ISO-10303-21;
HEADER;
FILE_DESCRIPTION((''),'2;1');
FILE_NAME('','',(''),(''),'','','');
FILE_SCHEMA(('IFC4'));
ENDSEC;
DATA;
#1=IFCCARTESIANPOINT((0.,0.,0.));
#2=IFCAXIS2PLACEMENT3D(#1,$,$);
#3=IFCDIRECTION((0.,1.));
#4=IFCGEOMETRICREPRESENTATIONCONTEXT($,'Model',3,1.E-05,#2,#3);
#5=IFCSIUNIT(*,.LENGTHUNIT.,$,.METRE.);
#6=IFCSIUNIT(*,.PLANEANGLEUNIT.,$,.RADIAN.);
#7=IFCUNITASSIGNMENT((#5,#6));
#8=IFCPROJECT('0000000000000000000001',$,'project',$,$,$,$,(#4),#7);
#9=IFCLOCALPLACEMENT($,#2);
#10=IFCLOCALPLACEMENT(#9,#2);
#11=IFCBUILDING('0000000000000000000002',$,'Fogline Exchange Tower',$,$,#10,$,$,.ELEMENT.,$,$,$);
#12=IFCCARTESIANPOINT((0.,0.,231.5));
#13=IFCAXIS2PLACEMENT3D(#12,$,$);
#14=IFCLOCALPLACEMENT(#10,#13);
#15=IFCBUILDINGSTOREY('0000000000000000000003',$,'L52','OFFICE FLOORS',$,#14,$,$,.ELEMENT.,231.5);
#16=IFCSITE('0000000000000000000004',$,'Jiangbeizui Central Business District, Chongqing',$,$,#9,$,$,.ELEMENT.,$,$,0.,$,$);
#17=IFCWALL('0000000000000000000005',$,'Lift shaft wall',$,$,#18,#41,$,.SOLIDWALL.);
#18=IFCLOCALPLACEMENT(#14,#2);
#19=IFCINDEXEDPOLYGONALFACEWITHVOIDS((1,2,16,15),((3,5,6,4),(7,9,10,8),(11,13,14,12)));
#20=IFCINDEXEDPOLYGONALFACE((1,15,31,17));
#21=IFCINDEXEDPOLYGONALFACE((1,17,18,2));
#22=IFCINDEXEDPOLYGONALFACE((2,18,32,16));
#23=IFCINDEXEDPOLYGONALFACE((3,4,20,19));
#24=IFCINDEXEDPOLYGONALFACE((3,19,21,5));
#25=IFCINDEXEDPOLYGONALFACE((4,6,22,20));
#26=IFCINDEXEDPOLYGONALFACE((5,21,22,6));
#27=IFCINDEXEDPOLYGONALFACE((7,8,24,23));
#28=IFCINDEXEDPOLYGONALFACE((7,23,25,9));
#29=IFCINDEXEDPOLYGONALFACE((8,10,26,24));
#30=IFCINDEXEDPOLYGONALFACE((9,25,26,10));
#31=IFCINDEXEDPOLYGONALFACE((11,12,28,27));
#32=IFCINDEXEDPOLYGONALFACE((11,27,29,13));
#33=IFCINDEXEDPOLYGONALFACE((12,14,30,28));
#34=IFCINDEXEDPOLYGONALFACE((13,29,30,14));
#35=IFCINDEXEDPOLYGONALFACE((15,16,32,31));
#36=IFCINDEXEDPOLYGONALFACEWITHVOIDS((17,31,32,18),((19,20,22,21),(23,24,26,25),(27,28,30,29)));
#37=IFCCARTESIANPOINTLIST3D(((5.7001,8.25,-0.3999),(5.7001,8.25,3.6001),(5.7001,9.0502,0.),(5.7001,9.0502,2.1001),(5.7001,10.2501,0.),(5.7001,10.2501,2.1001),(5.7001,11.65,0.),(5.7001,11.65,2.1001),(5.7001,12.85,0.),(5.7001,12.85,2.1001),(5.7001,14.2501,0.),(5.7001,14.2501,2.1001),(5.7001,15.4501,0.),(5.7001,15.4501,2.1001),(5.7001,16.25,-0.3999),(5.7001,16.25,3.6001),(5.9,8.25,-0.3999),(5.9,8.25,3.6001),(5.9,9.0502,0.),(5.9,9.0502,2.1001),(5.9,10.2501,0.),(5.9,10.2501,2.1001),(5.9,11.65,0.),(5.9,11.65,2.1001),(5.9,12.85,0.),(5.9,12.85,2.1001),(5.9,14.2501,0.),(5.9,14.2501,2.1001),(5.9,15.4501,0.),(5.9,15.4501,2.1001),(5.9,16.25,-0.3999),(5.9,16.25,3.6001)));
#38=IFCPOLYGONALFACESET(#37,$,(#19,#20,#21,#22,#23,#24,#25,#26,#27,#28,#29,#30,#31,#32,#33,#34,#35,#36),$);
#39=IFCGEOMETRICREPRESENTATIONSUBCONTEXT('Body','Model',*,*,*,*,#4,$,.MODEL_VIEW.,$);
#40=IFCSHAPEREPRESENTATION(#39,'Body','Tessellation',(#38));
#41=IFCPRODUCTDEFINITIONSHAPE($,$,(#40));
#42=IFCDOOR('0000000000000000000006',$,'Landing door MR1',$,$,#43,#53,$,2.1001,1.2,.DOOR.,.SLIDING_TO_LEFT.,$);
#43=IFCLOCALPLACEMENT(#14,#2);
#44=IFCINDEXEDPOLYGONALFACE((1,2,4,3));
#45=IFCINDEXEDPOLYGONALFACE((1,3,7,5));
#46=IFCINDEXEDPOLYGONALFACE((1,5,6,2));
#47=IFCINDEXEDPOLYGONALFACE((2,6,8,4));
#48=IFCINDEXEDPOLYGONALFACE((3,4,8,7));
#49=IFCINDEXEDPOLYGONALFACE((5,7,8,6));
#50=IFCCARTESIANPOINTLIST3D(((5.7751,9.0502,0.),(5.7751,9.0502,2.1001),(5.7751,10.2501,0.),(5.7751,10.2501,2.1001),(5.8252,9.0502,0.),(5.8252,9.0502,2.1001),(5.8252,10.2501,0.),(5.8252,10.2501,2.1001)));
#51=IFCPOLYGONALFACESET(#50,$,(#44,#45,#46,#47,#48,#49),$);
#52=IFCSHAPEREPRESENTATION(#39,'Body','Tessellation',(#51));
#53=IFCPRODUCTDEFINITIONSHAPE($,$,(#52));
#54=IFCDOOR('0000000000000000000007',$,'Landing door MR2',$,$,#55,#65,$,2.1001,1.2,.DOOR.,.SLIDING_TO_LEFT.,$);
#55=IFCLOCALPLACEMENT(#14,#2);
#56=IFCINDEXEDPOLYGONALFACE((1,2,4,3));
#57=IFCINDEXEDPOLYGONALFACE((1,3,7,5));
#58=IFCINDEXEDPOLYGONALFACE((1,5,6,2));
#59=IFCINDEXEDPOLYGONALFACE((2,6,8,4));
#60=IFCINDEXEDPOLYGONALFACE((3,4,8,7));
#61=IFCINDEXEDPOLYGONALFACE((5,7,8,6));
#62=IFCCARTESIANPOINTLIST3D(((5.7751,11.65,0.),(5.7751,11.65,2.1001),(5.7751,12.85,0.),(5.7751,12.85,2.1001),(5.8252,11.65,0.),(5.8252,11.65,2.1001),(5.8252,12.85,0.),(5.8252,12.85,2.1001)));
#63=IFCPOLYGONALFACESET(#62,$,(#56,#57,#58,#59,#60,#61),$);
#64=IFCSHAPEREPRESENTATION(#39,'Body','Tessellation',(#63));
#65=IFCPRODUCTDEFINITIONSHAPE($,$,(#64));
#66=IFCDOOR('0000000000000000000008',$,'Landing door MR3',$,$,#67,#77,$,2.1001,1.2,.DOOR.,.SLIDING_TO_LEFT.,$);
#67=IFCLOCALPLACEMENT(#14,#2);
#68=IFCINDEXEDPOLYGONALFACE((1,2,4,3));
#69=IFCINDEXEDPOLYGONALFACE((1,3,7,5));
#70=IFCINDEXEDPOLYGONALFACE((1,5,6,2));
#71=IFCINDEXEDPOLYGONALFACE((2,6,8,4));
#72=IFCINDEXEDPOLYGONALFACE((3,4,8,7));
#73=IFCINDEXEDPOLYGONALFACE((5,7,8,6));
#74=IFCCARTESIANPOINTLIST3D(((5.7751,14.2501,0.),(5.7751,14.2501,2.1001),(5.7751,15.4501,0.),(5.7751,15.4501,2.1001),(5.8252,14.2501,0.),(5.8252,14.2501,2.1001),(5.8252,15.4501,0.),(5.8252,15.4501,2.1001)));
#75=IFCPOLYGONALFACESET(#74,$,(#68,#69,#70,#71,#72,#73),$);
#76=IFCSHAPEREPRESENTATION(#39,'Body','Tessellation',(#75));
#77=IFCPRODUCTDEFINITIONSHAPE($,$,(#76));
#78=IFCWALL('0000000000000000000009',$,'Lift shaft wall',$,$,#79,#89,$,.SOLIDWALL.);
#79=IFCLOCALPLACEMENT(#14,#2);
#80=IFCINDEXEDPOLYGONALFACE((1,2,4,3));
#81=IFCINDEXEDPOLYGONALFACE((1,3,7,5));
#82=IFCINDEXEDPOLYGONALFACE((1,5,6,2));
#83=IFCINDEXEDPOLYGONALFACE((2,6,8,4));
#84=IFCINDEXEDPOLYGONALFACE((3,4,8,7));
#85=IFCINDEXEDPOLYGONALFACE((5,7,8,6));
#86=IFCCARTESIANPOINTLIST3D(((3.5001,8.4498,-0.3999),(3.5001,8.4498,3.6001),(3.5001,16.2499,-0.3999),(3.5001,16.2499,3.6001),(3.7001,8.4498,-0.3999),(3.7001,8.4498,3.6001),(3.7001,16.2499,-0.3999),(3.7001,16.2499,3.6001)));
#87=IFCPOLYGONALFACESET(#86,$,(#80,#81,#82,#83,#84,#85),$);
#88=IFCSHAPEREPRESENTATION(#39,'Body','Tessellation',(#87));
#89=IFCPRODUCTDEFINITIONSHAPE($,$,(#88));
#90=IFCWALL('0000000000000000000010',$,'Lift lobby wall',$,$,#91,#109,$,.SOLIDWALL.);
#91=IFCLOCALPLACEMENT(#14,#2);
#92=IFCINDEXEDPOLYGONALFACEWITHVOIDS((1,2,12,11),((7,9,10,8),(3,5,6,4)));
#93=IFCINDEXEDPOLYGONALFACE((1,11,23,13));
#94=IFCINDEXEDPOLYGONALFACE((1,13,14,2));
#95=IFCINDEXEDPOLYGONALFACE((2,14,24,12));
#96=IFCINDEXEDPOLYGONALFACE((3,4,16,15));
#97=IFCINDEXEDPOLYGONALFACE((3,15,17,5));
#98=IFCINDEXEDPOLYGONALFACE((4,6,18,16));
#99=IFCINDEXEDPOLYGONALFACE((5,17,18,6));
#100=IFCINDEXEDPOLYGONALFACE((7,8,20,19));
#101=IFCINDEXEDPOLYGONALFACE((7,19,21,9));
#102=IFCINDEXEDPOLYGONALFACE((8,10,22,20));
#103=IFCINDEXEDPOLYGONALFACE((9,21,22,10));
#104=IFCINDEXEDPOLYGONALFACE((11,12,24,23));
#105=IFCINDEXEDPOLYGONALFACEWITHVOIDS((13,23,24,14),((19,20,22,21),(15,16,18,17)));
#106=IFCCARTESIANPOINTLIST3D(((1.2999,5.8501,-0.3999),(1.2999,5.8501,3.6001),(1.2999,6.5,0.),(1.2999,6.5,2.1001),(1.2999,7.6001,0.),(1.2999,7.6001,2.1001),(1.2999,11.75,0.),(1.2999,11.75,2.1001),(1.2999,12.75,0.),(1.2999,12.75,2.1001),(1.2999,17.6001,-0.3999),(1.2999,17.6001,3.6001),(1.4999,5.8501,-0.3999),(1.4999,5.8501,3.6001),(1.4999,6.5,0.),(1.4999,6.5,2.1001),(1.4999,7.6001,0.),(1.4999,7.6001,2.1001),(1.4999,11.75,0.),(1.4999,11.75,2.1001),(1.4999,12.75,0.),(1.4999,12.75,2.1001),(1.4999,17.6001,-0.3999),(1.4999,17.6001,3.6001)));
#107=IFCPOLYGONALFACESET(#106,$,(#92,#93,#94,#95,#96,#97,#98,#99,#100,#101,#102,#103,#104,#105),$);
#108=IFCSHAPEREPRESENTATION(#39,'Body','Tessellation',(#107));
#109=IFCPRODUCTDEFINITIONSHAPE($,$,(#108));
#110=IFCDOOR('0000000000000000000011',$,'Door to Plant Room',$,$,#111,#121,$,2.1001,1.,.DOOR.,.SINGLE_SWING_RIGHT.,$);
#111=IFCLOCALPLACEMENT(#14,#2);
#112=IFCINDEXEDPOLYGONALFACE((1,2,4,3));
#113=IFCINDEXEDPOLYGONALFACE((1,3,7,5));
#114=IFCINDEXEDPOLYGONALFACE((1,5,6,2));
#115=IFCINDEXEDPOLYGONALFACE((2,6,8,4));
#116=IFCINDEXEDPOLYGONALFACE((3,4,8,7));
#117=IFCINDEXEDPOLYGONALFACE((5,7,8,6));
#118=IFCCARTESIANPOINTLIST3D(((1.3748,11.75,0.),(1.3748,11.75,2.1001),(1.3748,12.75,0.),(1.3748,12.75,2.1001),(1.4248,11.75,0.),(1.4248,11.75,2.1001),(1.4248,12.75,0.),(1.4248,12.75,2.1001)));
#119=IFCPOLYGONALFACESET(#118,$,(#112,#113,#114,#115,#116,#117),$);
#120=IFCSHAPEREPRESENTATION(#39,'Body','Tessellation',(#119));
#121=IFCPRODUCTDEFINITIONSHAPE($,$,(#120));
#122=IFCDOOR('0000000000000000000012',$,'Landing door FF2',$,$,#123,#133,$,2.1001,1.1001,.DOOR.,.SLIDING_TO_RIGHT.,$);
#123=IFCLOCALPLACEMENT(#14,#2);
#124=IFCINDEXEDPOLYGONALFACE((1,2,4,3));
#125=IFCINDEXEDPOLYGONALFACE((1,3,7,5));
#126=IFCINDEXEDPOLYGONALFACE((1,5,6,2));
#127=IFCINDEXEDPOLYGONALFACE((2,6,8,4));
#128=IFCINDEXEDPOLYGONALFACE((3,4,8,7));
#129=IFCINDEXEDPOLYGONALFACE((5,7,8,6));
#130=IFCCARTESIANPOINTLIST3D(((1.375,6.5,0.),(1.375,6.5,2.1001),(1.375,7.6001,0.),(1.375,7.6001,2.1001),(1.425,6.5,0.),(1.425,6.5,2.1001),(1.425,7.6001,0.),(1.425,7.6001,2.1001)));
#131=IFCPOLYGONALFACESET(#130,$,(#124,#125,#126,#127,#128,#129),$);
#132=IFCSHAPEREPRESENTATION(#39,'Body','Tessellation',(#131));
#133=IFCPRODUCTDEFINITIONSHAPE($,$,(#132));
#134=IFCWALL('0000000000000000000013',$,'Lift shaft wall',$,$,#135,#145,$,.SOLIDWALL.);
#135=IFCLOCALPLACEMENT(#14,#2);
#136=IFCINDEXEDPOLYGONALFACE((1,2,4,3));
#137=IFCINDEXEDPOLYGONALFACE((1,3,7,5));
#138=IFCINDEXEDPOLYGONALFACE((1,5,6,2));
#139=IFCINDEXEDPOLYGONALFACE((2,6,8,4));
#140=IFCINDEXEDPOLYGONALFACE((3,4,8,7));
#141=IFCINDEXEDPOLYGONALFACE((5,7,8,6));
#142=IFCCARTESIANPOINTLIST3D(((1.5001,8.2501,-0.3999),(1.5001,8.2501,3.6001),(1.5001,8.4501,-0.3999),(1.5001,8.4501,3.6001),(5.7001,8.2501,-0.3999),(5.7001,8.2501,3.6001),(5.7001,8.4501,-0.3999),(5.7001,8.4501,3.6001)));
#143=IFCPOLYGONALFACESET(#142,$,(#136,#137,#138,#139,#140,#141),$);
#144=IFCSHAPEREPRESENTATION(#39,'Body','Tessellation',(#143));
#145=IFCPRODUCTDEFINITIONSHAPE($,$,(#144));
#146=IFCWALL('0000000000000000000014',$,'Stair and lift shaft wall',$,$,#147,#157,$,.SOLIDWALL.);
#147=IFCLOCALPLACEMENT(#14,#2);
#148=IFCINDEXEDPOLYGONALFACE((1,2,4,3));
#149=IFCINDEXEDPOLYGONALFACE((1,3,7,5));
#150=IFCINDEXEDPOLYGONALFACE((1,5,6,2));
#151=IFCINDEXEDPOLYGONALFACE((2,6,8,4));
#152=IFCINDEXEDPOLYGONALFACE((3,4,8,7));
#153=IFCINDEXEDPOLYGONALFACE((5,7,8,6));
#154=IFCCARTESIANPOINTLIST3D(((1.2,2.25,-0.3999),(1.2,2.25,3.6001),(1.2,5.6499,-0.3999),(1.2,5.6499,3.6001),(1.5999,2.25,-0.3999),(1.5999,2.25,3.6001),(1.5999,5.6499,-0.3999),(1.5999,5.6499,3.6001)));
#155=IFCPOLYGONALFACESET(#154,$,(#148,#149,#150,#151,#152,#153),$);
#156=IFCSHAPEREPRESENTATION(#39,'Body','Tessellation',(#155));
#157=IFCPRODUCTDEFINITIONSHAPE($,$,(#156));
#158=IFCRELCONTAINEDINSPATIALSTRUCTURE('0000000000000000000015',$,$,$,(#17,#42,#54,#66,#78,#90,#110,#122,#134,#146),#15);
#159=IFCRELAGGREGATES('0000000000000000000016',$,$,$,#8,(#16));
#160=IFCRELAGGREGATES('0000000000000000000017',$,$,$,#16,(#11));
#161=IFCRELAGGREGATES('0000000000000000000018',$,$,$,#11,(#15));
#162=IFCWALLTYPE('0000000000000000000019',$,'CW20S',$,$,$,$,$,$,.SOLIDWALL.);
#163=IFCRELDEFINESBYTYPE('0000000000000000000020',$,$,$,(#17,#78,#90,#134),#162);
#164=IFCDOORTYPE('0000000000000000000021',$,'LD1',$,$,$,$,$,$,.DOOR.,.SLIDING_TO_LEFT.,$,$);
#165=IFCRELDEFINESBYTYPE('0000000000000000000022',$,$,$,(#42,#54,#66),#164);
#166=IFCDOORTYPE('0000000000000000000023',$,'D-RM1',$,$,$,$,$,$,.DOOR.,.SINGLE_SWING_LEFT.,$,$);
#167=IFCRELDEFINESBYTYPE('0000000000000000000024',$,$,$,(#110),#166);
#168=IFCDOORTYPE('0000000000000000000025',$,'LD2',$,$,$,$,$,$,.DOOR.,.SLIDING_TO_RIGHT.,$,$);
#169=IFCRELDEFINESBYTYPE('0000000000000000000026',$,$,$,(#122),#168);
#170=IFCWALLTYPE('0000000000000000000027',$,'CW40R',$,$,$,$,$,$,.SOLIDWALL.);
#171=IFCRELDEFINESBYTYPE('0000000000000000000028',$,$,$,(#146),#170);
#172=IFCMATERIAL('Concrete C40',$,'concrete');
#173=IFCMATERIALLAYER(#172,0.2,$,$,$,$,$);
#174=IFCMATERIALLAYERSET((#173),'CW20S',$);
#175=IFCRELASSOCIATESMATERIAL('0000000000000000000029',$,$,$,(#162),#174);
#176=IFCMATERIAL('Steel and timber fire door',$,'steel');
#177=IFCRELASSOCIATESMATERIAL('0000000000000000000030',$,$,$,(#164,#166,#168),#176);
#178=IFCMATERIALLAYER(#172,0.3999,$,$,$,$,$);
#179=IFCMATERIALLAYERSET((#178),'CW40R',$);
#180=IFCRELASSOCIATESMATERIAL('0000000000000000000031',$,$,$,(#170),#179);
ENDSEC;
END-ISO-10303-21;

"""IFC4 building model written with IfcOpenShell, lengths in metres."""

from ifc_helpers import new_model, si_unit, direction, frame, frame_2d, origin, place, context, subcontext, project, spatial, rectangle, extrude, material, layer, layer_set, type_object, element, fill, save


model = new_model("IFC4")

# Units and contexts
model_context = context("Model", 3, precision=1e-05, world=origin(), true_north=direction((0.0, 1.0)))
body_context = subcontext(model_context, "Body", "Model", "MODEL_VIEW")
ifc_project = project(units=[si_unit("LENGTHUNIT", "METRE"), si_unit("PLANEANGLEUNIT", "RADIAN")], contexts=[model_context])

# Site, building, storey
site_placement = place(None, origin())
site = spatial("IfcSite", under=ifc_project, at=site_placement, Name="Jiangbeizui Central Business District, Chongqing", CompositionType="ELEMENT", RefElevation=0.0)
building_placement = place(site_placement, origin())
building = spatial("IfcBuilding", under=site, at=building_placement, Name="Fogline Exchange Tower", CompositionType="ELEMENT")
storey_placement = place(building_placement, frame((0.0, 0.0, 231.5)))
storey = spatial("IfcBuildingStorey", under=building, at=storey_placement, Name="L52", Description="OFFICE FLOORS", CompositionType="ELEMENT", Elevation=231.5)

# Shared definitions
ifc_material_1 = material(Name="Concrete C40", Category="concrete")

# Shared definitions
ifc_material_2 = material(Name="Steel and timber fire door", Category="steel")

# Wall, openings, doors
ifc_layer_1 = layer(ifc_material_1, 0.2)
ifc_layer_set_1 = layer_set([ifc_layer_1], Name="CW20S")
wall_type_1 = type_object("IfcWallType", Name="CW20S", PredefinedType="SOLIDWALL", material=ifc_layer_set_1)
wall_1_placement = place(storey_placement, frame((5.8, 8.25, -0.3999), z_axis=(0.0, 0.0, 1.0), x_axis=(0.0, 1.0, 0.0)))
wall_1 = element("IfcWall", 1, at=wall_1_placement, inside=storey, type_object=wall_type_1, Name="Lift shaft wall", PredefinedType="SOLIDWALL", context=body_context, shape_type="SweptSolid", body=[
    extrude(rectangle(XDim=8.0, YDim=0.2, at=frame_2d((4.0, 0.0))), origin(), (0.0, 0.0, 1.0), 4.0),
])
opening_1_placement = place(wall_1_placement, frame((0.8, 0.0, 0.3999)))
opening_1 = element("IfcOpeningElement", 2, at=opening_1_placement, cuts=wall_1, PredefinedType="OPENING", context=body_context, shape_type="SweptSolid", body=[
    extrude(rectangle(XDim=1.2, YDim=2.1001, at=frame_2d((0.6001, 1.05))), frame((0.0, 0.1099, 0.0), z_axis=(0.0, -1.0, 0.0), x_axis=(1.0, 0.0, 0.0)), (0.0, 0.0, 1.0), 0.22),
])
opening_2_placement = place(wall_1_placement, frame((3.3999, 0.0, 0.3999)))
opening_2 = element("IfcOpeningElement", 3, at=opening_2_placement, cuts=wall_1, PredefinedType="OPENING", context=body_context, shape_type="SweptSolid", body=[
    extrude(rectangle(XDim=1.2, YDim=2.1001, at=frame_2d((0.6001, 1.05))), frame((0.0, 0.1099, 0.0), z_axis=(0.0, -1.0, 0.0), x_axis=(1.0, 0.0, 0.0)), (0.0, 0.0, 1.0), 0.22),
])
opening_3_placement = place(wall_1_placement, frame((6.0, 0.0, 0.3999)))
opening_3 = element("IfcOpeningElement", 4, at=opening_3_placement, cuts=wall_1, PredefinedType="OPENING", context=body_context, shape_type="SweptSolid", body=[
    extrude(rectangle(XDim=1.2, YDim=2.1001, at=frame_2d((0.6001, 1.05))), frame((0.0, 0.1099, 0.0), z_axis=(0.0, -1.0, 0.0), x_axis=(1.0, 0.0, 0.0)), (0.0, 0.0, 1.0), 0.22),
])
door_type_1 = type_object("IfcDoorType", Name="LD1", OperationType="SLIDING_TO_LEFT", PredefinedType="DOOR", material=ifc_material_2)
door_1_placement = place(opening_1_placement, origin())
door_1 = element("IfcDoor", 5, at=door_1_placement, inside=storey, type_object=door_type_1, Name="Landing door MR1", OperationType="SLIDING_TO_LEFT", OverallHeight=2.1001, OverallWidth=1.2, PredefinedType="DOOR", context=body_context, shape_type="SweptSolid", body=[
    extrude(rectangle(XDim=1.2, YDim=2.1001, at=frame_2d((0.6001, 1.05))), frame((0.0, 0.0249, 0.0), z_axis=(0.0, -1.0, 0.0), x_axis=(1.0, 0.0, 0.0)), (0.0, 0.0, 1.0), 0.05),
])
fill(opening_1, door_1)
door_2_placement = place(opening_2_placement, origin())
door_2 = element("IfcDoor", 6, at=door_2_placement, inside=storey, type_object=door_type_1, Name="Landing door MR2", OperationType="SLIDING_TO_LEFT", OverallHeight=2.1001, OverallWidth=1.2, PredefinedType="DOOR", context=body_context, shape_type="SweptSolid", body=[
    extrude(rectangle(XDim=1.2, YDim=2.1001, at=frame_2d((0.6001, 1.05))), frame((0.0, 0.0249, 0.0), z_axis=(0.0, -1.0, 0.0), x_axis=(1.0, 0.0, 0.0)), (0.0, 0.0, 1.0), 0.05),
])
fill(opening_2, door_2)
door_3_placement = place(opening_3_placement, origin())
door_3 = element("IfcDoor", 7, at=door_3_placement, inside=storey, type_object=door_type_1, Name="Landing door MR3", OperationType="SLIDING_TO_LEFT", OverallHeight=2.1001, OverallWidth=1.2, PredefinedType="DOOR", context=body_context, shape_type="SweptSolid", body=[
    extrude(rectangle(XDim=1.2, YDim=2.1001, at=frame_2d((0.6001, 1.05))), frame((0.0, 0.0249, 0.0), z_axis=(0.0, -1.0, 0.0), x_axis=(1.0, 0.0, 0.0)), (0.0, 0.0, 1.0), 0.05),
])
fill(opening_3, door_3)

# Wall
wall_2_placement = place(storey_placement, frame((3.6001, 8.45, -0.3999), z_axis=(0.0, 0.0, 1.0), x_axis=(0.0, 1.0, 0.0)))
element("IfcWall", 8, at=wall_2_placement, inside=storey, type_object=wall_type_1, Name="Lift shaft wall", PredefinedType="SOLIDWALL", context=body_context, shape_type="SweptSolid", body=[
    extrude(rectangle(XDim=7.8, YDim=0.2, at=frame_2d((3.8999, 0.0))), origin(), (0.0, 0.0, 1.0), 4.0),
])

# Wall, openings, doors
wall_3_placement = place(storey_placement, frame((1.3999, 5.8501, -0.3999), z_axis=(0.0, 0.0, 1.0), x_axis=(0.0, 1.0, 0.0)))
wall_3 = element("IfcWall", 9, at=wall_3_placement, inside=storey, type_object=wall_type_1, Name="Lift lobby wall", PredefinedType="SOLIDWALL", context=body_context, shape_type="SweptSolid", body=[
    extrude(rectangle(XDim=11.75, YDim=0.2, at=frame_2d((5.875, 0.0))), origin(), (0.0, 0.0, 1.0), 4.0),
])
opening_4_placement = place(wall_3_placement, frame((0.6499, 0.0, 0.3999)))
opening_4 = element("IfcOpeningElement", 10, at=opening_4_placement, cuts=wall_3, PredefinedType="OPENING", context=body_context, shape_type="SweptSolid", body=[
    extrude(rectangle(XDim=1.1001, YDim=2.1001, at=frame_2d((0.55, 1.05))), frame((0.0, 0.1099, 0.0), z_axis=(0.0, -1.0, 0.0), x_axis=(1.0, 0.0, 0.0)), (0.0, 0.0, 1.0), 0.22),
])
opening_5_placement = place(wall_3_placement, frame((5.8999, 0.0, 0.3999)))
opening_5 = element("IfcOpeningElement", 11, at=opening_5_placement, cuts=wall_3, PredefinedType="OPENING", context=body_context, shape_type="SweptSolid", body=[
    extrude(rectangle(XDim=1.0, YDim=2.1001, at=frame_2d((0.5, 1.05))), frame((0.0, 0.1099, 0.0), z_axis=(0.0, -1.0, 0.0), x_axis=(1.0, 0.0, 0.0)), (0.0, 0.0, 1.0), 0.22),
])
door_type_2 = type_object("IfcDoorType", Name="D-RM1", OperationType="SINGLE_SWING_LEFT", PredefinedType="DOOR", material=ifc_material_2)
door_4_placement = place(opening_5_placement, frame((1.0, 0.0, 0.0), z_axis=(0.0, 0.0, 1.0), x_axis=(-1.0, 0.0, 0.0)))
door_4 = element("IfcDoor", 12, at=door_4_placement, inside=storey, type_object=door_type_2, Name="Door to Plant Room", OperationType="SINGLE_SWING_RIGHT", OverallHeight=2.1001, OverallWidth=1.0, PredefinedType="DOOR", context=body_context, shape_type="SweptSolid", body=[
    extrude(rectangle(XDim=1.0, YDim=2.1001, at=frame_2d((0.5, 1.05))), frame((0.0, 0.0249, 0.0), z_axis=(0.0, -1.0, 0.0), x_axis=(1.0, 0.0, 0.0)), (0.0, 0.0, 1.0), 0.05),
])
fill(opening_5, door_4)
door_type_3 = type_object("IfcDoorType", Name="LD2", OperationType="SLIDING_TO_RIGHT", PredefinedType="DOOR", material=ifc_material_2)
door_5_placement = place(opening_4_placement, origin())
door_5 = element("IfcDoor", 13, at=door_5_placement, inside=storey, type_object=door_type_3, Name="Landing door FF2", OperationType="SLIDING_TO_RIGHT", OverallHeight=2.1001, OverallWidth=1.1001, PredefinedType="DOOR", context=body_context, shape_type="SweptSolid", body=[
    extrude(rectangle(XDim=1.1001, YDim=2.1001, at=frame_2d((0.55, 1.05))), frame((0.0, 0.0249, 0.0), z_axis=(0.0, -1.0, 0.0), x_axis=(1.0, 0.0, 0.0)), (0.0, 0.0, 1.0), 0.05),
])
fill(opening_4, door_5)

# Walls
wall_4_placement = place(storey_placement, frame((1.5, 8.3501, -0.3999), z_axis=(0.0, 0.0, 1.0), x_axis=(1.0, 0.0, 0.0)))
element("IfcWall", 14, at=wall_4_placement, inside=storey, type_object=wall_type_1, Name="Lift shaft wall", PredefinedType="SOLIDWALL", context=body_context, shape_type="SweptSolid", body=[
    extrude(rectangle(XDim=4.2, YDim=0.2, at=frame_2d((2.1001, 0.0))), origin(), (0.0, 0.0, 1.0), 4.0),
])
ifc_layer_2 = layer(ifc_material_1, 0.3999)
ifc_layer_set_2 = layer_set([ifc_layer_2], Name="CW40R")
wall_type_2 = type_object("IfcWallType", Name="CW40R", PredefinedType="SOLIDWALL", material=ifc_layer_set_2)
wall_5_placement = place(storey_placement, frame((1.3999, 2.25, -0.3999), z_axis=(0.0, 0.0, 1.0), x_axis=(0.0, 1.0, 0.0)))
element("IfcWall", 15, at=wall_5_placement, inside=storey, type_object=wall_type_2, Name="Stair and lift shaft wall", PredefinedType="SOLIDWALL", context=body_context, shape_type="SweptSolid", body=[
    extrude(rectangle(XDim=3.3999, YDim=0.3999, at=frame_2d((1.7, 0.0))), origin(), (0.0, 0.0, 1.0), 4.0),
])

save(model, "model.ifc")
